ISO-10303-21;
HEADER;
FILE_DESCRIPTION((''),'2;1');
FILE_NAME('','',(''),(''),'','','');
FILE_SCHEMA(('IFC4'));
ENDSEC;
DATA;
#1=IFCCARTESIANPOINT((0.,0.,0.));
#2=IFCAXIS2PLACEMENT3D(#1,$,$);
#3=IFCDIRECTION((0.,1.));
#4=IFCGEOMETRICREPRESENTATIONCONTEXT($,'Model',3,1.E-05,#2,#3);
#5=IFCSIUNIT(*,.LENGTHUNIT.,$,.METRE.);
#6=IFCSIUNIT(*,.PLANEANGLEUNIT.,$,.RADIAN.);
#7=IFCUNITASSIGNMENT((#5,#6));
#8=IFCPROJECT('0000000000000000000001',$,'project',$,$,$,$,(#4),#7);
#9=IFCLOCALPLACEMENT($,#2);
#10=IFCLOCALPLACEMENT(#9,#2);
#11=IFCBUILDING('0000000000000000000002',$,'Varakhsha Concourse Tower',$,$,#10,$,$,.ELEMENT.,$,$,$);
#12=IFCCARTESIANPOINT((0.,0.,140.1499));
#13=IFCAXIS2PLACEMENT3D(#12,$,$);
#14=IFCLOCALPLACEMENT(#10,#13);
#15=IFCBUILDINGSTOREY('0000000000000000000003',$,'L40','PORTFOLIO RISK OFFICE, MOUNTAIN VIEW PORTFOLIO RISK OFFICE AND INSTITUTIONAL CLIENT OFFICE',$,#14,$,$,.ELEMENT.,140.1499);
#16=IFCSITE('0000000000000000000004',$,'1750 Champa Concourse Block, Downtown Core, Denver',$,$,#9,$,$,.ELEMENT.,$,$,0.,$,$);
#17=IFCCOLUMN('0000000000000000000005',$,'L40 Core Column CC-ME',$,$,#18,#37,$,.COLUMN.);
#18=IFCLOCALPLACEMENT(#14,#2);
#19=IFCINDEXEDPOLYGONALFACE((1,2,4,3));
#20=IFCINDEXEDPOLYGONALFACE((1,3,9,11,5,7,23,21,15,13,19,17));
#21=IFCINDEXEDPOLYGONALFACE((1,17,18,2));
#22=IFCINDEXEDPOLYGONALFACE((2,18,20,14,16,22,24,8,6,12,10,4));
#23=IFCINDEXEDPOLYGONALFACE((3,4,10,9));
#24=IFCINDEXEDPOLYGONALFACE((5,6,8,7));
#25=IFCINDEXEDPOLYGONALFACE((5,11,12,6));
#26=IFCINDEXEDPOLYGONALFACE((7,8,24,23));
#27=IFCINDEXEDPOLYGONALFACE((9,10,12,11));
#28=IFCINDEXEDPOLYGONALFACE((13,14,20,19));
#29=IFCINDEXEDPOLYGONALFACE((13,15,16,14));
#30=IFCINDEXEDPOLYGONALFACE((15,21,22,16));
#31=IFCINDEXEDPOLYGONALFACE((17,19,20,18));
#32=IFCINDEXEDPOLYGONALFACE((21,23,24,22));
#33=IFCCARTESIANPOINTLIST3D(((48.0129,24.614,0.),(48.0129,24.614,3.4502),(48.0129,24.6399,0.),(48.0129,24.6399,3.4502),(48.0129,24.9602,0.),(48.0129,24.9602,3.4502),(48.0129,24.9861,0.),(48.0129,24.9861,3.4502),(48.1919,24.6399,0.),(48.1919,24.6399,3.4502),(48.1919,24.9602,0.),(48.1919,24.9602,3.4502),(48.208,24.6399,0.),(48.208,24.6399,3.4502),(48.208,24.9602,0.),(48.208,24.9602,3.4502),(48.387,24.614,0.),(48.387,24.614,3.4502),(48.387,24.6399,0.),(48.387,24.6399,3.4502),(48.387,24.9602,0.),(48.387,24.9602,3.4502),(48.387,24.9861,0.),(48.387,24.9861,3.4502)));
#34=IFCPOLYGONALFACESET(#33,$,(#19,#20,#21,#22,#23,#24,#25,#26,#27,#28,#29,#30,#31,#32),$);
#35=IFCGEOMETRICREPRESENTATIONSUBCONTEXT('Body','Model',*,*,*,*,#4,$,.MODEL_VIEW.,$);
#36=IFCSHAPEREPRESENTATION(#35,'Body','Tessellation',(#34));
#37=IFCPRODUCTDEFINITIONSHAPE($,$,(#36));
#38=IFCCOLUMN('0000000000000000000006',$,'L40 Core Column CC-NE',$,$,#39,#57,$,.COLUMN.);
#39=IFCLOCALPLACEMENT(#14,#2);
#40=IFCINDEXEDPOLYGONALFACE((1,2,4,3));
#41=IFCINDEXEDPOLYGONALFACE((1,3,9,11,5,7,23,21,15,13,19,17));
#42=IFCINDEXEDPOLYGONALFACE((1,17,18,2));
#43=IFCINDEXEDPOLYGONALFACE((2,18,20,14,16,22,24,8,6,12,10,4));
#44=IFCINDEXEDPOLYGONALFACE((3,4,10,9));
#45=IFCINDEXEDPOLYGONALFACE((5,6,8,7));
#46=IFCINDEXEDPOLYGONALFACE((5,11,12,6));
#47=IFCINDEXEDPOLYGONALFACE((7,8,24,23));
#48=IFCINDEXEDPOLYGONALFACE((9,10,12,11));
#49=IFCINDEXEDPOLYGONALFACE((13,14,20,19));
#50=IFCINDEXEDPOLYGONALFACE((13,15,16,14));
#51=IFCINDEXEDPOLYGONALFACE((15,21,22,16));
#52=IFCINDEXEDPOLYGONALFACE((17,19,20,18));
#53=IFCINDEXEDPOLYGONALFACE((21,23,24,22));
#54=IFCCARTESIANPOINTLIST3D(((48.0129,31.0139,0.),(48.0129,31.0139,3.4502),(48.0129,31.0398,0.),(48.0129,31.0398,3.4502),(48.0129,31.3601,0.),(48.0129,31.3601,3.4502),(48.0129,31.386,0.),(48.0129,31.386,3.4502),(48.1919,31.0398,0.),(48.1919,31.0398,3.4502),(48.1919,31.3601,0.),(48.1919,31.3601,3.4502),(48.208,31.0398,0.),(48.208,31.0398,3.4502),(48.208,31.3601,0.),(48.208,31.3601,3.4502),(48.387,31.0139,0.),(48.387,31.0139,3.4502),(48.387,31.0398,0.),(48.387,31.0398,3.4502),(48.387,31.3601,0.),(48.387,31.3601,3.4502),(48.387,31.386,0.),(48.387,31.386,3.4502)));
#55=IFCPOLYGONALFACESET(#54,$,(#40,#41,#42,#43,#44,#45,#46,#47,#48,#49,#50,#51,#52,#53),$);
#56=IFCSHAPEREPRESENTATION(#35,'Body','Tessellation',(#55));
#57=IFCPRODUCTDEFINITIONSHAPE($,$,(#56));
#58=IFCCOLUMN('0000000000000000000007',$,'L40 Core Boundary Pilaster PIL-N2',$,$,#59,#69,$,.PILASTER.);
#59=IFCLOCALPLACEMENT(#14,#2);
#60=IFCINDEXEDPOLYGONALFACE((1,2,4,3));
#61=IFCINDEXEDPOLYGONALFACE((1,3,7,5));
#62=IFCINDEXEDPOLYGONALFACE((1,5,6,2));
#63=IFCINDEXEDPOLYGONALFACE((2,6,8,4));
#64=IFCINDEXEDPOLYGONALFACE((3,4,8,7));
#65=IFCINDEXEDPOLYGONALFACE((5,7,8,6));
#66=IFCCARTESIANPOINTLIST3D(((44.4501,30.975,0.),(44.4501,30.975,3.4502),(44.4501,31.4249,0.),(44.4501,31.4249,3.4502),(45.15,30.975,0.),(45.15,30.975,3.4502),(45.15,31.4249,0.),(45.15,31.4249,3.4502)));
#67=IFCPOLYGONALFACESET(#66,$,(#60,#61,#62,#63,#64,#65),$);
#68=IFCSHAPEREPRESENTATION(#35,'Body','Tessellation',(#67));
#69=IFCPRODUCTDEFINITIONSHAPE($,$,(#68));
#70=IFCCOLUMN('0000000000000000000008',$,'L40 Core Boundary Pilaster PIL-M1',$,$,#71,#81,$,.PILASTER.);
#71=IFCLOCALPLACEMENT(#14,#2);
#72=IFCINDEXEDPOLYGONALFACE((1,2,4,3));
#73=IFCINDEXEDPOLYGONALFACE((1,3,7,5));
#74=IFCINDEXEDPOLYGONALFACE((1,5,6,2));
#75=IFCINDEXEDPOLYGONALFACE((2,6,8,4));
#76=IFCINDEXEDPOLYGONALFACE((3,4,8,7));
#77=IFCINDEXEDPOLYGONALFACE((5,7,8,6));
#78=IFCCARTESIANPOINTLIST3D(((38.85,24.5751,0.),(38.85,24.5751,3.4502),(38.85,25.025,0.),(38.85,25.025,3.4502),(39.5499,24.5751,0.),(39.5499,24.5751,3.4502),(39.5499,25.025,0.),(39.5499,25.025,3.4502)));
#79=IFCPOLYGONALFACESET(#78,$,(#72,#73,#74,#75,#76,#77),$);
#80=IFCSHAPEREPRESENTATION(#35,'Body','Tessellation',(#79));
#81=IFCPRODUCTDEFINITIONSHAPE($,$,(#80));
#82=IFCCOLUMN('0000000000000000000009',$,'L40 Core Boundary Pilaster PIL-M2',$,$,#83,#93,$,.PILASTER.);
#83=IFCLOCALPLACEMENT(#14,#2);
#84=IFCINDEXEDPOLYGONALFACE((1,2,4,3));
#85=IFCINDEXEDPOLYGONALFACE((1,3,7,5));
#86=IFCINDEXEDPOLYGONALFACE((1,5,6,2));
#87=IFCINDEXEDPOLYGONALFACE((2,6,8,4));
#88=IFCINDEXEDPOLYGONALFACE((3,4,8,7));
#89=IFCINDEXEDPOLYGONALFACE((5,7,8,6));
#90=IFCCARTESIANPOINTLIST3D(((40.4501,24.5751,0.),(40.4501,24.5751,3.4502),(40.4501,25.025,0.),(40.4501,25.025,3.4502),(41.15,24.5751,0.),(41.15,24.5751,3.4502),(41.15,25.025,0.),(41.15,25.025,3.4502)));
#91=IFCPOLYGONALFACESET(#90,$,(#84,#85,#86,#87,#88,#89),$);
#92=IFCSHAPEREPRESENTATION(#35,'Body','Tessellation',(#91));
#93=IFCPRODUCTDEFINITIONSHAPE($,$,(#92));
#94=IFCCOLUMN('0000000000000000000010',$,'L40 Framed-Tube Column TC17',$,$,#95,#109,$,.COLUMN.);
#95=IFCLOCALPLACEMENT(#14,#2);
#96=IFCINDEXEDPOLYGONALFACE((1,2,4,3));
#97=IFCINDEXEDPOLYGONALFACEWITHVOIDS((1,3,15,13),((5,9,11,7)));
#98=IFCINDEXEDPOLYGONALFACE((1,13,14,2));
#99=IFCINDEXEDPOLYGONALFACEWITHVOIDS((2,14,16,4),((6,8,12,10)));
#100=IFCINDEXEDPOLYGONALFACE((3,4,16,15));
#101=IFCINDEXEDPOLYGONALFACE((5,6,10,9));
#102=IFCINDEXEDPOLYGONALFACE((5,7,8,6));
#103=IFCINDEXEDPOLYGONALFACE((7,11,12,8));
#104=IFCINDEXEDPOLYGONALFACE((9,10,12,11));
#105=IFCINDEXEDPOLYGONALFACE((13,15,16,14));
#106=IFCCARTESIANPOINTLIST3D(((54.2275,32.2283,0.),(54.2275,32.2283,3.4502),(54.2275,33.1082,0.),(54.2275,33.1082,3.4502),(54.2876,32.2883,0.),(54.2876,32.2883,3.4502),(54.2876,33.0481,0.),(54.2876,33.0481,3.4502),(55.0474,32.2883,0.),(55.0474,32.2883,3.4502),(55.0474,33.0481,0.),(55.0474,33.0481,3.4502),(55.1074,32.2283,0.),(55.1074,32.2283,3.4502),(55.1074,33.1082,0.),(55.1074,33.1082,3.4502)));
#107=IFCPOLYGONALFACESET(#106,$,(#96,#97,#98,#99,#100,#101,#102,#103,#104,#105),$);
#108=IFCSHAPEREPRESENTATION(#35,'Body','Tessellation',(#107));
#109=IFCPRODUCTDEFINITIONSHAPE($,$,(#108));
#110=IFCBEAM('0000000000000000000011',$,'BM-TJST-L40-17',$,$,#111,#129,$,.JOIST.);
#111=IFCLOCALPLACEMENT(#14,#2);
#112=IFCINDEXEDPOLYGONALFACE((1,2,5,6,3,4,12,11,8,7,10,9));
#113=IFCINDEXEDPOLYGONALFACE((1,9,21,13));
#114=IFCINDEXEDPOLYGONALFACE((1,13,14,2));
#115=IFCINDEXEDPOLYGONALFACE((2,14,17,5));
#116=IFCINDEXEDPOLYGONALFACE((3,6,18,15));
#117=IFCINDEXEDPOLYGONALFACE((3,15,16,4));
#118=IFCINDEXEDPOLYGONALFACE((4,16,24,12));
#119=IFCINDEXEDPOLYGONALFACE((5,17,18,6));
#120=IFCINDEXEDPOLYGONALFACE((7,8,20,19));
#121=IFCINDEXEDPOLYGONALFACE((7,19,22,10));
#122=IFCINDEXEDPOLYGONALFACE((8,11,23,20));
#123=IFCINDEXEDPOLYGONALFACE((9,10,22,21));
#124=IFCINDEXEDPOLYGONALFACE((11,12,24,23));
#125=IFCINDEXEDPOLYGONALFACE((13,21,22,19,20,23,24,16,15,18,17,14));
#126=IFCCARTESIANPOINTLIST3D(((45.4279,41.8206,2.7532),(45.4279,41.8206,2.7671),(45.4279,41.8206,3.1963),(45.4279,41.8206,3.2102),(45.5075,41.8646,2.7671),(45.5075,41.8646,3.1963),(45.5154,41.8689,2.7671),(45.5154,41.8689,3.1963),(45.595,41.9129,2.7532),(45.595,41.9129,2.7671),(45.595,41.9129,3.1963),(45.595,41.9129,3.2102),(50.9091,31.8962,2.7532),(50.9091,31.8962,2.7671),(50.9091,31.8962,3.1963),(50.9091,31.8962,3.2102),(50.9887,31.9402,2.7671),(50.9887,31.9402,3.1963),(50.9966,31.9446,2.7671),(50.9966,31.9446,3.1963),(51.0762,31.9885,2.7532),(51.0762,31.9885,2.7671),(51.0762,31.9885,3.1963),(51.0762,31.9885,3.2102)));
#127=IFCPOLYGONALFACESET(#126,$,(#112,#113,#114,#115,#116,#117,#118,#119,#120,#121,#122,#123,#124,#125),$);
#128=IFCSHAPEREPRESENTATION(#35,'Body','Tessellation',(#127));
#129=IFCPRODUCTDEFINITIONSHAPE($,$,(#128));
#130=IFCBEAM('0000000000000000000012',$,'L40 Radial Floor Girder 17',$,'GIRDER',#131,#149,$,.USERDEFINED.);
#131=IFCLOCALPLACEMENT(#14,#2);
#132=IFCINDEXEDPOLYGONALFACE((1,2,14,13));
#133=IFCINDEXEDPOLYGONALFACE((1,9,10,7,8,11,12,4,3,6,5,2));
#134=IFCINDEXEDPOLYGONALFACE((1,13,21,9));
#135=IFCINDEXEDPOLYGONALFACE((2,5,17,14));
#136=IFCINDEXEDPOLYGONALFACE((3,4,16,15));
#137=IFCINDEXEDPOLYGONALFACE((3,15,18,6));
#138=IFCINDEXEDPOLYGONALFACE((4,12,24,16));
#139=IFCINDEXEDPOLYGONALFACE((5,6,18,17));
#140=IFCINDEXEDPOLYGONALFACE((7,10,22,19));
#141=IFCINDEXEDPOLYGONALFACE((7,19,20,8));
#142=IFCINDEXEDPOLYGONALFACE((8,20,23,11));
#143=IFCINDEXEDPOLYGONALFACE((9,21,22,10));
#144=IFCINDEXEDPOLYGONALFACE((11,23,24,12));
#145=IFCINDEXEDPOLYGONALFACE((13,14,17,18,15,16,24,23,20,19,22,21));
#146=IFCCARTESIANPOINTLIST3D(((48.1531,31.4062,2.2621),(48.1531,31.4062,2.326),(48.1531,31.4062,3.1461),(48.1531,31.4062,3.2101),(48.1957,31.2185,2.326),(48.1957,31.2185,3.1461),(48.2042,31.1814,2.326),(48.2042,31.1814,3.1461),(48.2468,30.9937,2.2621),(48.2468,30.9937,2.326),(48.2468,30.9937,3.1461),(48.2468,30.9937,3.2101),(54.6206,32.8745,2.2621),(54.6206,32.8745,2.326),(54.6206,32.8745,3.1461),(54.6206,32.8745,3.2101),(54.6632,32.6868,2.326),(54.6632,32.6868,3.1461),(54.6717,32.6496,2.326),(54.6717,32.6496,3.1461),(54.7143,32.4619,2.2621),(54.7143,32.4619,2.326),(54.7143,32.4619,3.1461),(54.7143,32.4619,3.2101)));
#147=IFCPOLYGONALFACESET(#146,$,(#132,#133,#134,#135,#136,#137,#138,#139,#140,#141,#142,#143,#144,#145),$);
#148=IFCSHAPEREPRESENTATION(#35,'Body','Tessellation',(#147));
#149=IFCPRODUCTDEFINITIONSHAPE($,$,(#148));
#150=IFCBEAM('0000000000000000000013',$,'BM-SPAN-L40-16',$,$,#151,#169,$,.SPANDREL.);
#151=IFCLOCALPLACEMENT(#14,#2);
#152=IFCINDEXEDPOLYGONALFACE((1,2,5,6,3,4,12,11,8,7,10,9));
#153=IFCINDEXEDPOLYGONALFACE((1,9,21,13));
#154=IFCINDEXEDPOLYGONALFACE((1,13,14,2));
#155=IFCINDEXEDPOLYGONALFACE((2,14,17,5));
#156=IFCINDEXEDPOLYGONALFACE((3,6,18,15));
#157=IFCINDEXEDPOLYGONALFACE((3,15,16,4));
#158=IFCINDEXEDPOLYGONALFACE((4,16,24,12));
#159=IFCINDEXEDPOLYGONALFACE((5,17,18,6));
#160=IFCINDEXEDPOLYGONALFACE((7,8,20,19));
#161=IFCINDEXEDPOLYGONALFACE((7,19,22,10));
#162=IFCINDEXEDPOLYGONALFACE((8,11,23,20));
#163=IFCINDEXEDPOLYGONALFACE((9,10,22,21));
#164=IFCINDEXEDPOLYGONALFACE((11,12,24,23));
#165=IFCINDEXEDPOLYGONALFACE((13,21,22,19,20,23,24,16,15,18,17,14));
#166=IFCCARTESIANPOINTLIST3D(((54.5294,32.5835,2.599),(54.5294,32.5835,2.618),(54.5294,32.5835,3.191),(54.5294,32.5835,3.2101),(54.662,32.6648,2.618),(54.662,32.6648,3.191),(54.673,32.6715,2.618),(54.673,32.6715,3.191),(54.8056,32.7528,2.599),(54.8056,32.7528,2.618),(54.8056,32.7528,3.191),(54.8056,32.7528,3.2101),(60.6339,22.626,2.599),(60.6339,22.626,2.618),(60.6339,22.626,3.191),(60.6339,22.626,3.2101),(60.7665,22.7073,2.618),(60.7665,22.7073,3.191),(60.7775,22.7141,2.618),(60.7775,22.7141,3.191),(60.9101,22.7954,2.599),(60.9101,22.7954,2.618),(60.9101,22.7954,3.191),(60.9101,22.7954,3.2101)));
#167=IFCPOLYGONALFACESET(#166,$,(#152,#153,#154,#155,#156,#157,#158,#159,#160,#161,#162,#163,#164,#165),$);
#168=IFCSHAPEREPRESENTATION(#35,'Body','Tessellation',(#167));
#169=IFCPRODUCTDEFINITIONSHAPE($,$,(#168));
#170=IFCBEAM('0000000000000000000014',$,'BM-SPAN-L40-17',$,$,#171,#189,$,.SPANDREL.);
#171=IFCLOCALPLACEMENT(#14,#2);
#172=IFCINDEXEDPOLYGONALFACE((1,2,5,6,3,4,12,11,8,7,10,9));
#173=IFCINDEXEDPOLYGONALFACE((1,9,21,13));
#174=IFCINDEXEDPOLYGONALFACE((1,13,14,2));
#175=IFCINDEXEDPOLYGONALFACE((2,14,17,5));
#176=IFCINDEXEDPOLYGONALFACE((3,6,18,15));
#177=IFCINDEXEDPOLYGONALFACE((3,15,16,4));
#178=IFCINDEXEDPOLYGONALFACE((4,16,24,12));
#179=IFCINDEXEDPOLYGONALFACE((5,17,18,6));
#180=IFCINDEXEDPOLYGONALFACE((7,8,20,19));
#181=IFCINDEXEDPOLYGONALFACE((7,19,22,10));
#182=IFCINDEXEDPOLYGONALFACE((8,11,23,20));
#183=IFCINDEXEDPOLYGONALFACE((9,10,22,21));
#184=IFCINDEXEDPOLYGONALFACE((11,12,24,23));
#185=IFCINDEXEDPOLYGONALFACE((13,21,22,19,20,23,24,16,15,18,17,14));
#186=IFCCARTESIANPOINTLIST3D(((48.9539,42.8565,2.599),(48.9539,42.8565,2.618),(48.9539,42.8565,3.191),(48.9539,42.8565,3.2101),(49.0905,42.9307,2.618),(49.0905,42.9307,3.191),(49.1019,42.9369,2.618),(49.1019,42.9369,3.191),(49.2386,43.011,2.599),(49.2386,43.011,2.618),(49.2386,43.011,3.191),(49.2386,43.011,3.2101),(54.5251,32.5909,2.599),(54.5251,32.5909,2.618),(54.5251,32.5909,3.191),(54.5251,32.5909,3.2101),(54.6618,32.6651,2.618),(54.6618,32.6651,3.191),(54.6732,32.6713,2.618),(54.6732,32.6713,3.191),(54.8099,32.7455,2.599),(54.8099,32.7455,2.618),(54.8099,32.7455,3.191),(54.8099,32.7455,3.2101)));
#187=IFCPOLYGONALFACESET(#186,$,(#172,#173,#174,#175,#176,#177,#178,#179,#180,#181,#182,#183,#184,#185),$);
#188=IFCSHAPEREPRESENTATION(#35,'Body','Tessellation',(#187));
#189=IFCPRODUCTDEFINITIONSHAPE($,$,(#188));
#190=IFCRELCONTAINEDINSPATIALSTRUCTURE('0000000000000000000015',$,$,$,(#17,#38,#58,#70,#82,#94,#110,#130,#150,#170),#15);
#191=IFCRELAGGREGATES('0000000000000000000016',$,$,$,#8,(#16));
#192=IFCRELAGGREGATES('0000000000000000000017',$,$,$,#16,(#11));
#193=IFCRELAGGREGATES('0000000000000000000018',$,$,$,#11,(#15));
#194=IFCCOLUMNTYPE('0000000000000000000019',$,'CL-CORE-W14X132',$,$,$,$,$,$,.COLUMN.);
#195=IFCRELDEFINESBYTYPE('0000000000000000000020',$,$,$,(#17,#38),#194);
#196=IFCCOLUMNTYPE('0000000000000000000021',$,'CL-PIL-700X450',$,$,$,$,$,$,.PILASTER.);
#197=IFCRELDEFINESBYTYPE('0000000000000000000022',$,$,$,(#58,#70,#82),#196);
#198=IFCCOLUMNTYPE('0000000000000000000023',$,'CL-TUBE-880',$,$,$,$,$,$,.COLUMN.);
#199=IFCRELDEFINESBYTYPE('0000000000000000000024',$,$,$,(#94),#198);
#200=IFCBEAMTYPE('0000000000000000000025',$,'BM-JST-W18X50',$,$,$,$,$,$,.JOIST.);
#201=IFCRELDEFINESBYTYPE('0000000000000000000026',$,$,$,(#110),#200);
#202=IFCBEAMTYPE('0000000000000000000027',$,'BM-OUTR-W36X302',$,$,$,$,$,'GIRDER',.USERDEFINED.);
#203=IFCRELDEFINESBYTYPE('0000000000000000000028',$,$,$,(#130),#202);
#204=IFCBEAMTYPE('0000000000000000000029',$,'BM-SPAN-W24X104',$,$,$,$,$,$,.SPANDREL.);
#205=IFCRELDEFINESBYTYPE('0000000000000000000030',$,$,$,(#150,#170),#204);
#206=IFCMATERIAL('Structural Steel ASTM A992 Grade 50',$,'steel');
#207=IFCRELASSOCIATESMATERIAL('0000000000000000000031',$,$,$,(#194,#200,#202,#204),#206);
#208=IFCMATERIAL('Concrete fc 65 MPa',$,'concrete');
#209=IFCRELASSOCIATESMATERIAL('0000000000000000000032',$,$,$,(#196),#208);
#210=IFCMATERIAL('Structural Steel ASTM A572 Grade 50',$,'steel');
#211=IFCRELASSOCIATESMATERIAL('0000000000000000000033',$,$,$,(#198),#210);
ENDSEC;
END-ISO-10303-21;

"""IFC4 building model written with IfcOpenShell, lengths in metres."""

from ifc_helpers import new_model, si_unit, direction, frame, origin, origin_2d, place, context, subcontext, project, spatial, rectangle, hollow_rectangle, i_section, extrude, material, material_profile, profile_set, type_object, element, save


model = new_model("IFC4")

# Units and contexts
model_context = context("Model", 3, precision=1e-05, world=origin(), true_north=direction((0.0, 1.0)))
body_context = subcontext(model_context, "Body", "Model", "MODEL_VIEW")
ifc_project = project(units=[si_unit("LENGTHUNIT", "METRE"), si_unit("PLANEANGLEUNIT", "RADIAN")], contexts=[model_context])

# Site, building, storey
site_placement = place(None, origin())
site = spatial("IfcSite", under=ifc_project, at=site_placement, Name="1750 Champa Concourse Block, Downtown Core, Denver", CompositionType="ELEMENT", RefElevation=0.0)
building_placement = place(site_placement, origin())
building = spatial("IfcBuilding", under=site, at=building_placement, Name="Varakhsha Concourse Tower", CompositionType="ELEMENT")
storey_placement = place(building_placement, frame((0.0, 0.0, 140.1499)))
storey = spatial("IfcBuildingStorey", under=building, at=storey_placement, Name="L40", Description="PORTFOLIO RISK OFFICE, MOUNTAIN VIEW PORTFOLIO RISK OFFICE AND INSTITUTIONAL CLIENT OFFICE", CompositionType="ELEMENT", Elevation=140.1499)

# Columns
ifc_material_1 = material(Name="Structural Steel ASTM A992 Grade 50", Category="steel")
ifc_material_profile_1 = material_profile(ifc_material_1, i_section(OverallWidth=0.374, OverallDepth=0.3721, WebThickness=0.0161, FlangeThickness=0.0259, at=origin_2d()), Name="W14X132")
ifc_profile_set_1 = profile_set([ifc_material_profile_1], Name="Structural Steel ASTM A992 Grade 50")
column_type_1 = type_object("IfcColumnType", Name="CL-CORE-W14X132", PredefinedType="COLUMN", material=ifc_profile_set_1)
for number, where, z_axis, x_axis, name in (
    (1, (48.2, 24.8, 0.0), (0.0, 0.0, 1.0), (1.0, 0.0, 0.0), "L40 Core Column CC-ME"),
    (2, (48.2, 31.2, 0.0), (0.0, 0.0, 1.0), (1.0, 0.0, 0.0), "L40 Core Column CC-NE"),
):
    element("IfcColumn", number, at=place(storey_placement, frame(where, z_axis=z_axis, x_axis=x_axis)), inside=storey, type_object=column_type_1, Name=name, PredefinedType="COLUMN", context=body_context, shape_type="SweptSolid", body=[
        extrude(i_section(OverallWidth=0.374, OverallDepth=0.3721, WebThickness=0.0161, FlangeThickness=0.0259, at=origin_2d()), origin(), (0.0, 0.0, 1.0), 3.4502),
    ])
ifc_material_2 = material(Name="Concrete fc 65 MPa", Category="concrete")
ifc_material_profile_2 = material_profile(ifc_material_2, rectangle(XDim=0.7, YDim=0.45, at=origin_2d()), Name="RC 700x450")
ifc_profile_set_2 = profile_set([ifc_material_profile_2], Name="Concrete fc 65 MPa")
column_type_2 = type_object("IfcColumnType", Name="CL-PIL-700X450", PredefinedType="PILASTER", material=ifc_profile_set_2)
for number, where, z_axis, x_axis, name in (
    (3, (44.8, 31.2, 0.0), (0.0, 0.0, 1.0), (1.0, 0.0, 0.0), "L40 Core Boundary Pilaster PIL-N2"),
    (4, (39.2, 24.8, 0.0), (0.0, 0.0, 1.0), (1.0, 0.0, 0.0), "L40 Core Boundary Pilaster PIL-M1"),
    (5, (40.8, 24.8, 0.0), (0.0, 0.0, 1.0), (1.0, 0.0, 0.0), "L40 Core Boundary Pilaster PIL-M2"),
):
    element("IfcColumn", number, at=place(storey_placement, frame(where, z_axis=z_axis, x_axis=x_axis)), inside=storey, type_object=column_type_2, Name=name, PredefinedType="PILASTER", context=body_context, shape_type="SweptSolid", body=[
        extrude(rectangle(XDim=0.7, YDim=0.45, at=origin_2d()), origin(), (0.0, 0.0, 1.0), 3.4502),
    ])
ifc_material_3 = material(Name="Structural Steel ASTM A572 Grade 50", Category="steel")
ifc_material_profile_3 = material_profile(ifc_material_3, hollow_rectangle(XDim=0.8799, YDim=0.8799, WallThickness=0.0601, at=origin_2d()), Name="BOX 880x880x60")
ifc_profile_set_3 = profile_set([ifc_material_profile_3], Name="Structural Steel ASTM A572 Grade 50")
column_type_3 = type_object("IfcColumnType", Name="CL-TUBE-880", PredefinedType="COLUMN", material=ifc_profile_set_3)
column_placement = place(storey_placement, frame((54.6675, 32.6682, 0.0), z_axis=(0.0, 0.0, 1.0), x_axis=(1.0, 0.0, 0.0)))
element("IfcColumn", 6, at=column_placement, inside=storey, type_object=column_type_3, Name="L40 Framed-Tube Column TC17", PredefinedType="COLUMN", context=body_context, shape_type="SweptSolid", body=[
    extrude(hollow_rectangle(XDim=0.8799, YDim=0.8799, WallThickness=0.0601, at=origin_2d()), origin(), (0.0, 0.0, 1.0), 3.4502),
])

# Beams
ifc_material_profile_4 = material_profile(ifc_material_1, i_section(OverallWidth=0.1909, OverallDepth=0.457, WebThickness=0.009, FlangeThickness=0.0139, at=origin_2d()), Name="W18X50")
ifc_profile_set_4 = profile_set([ifc_material_profile_4], Name="Structural Steel ASTM A992 Grade 50")
beam_type_1 = type_object("IfcBeamType", Name="BM-JST-W18X50", PredefinedType="JOIST", material=ifc_profile_set_4)
beam_1_placement = place(storey_placement, frame((50.9927, 31.9424, 2.9817), z_axis=(-0.483464, 0.875364, 0.0), x_axis=(-0.875364, -0.483464, 0.0)))
element("IfcBeam", 7, at=beam_1_placement, inside=storey, type_object=beam_type_1, Name="BM-TJST-L40-17", PredefinedType="JOIST", context=body_context, shape_type="SweptSolid", body=[
    extrude(i_section(OverallWidth=0.1909, OverallDepth=0.457, WebThickness=0.009, FlangeThickness=0.0139, at=origin_2d()), origin(), (0.0, 0.0, 1.0), 11.3374),
])
ifc_material_profile_5 = material_profile(ifc_material_1, i_section(OverallWidth=0.4231, OverallDepth=0.948, WebThickness=0.0381, FlangeThickness=0.064, at=origin_2d()), Name="W36X302")
ifc_profile_set_5 = profile_set([ifc_material_profile_5], Name="Structural Steel ASTM A992 Grade 50")
beam_type_2 = type_object("IfcBeamType", Name="BM-OUTR-W36X302", ElementType="GIRDER", PredefinedType="USERDEFINED", material=ifc_profile_set_5)
beam_2_placement = place(storey_placement, frame((48.2, 31.2, 2.7361), z_axis=(0.975186, 0.221387, 0.0), x_axis=(-0.221387, 0.975186, 0.0)))
element("IfcBeam", 8, at=beam_2_placement, inside=storey, type_object=beam_type_2, Name="L40 Radial Floor Girder 17", ObjectType="GIRDER", PredefinedType="USERDEFINED", context=body_context, shape_type="SweptSolid", body=[
    extrude(i_section(OverallWidth=0.4231, OverallDepth=0.948, WebThickness=0.0381, FlangeThickness=0.064, at=origin_2d()), origin(), (0.0, 0.0, 1.0), 6.6321),
])
ifc_material_profile_6 = material_profile(ifc_material_1, i_section(OverallWidth=0.324, OverallDepth=0.6111, WebThickness=0.0129, FlangeThickness=0.019, at=origin_2d()), Name="W24X104")
ifc_profile_set_6 = profile_set([ifc_material_profile_6], Name="Structural Steel ASTM A992 Grade 50")
beam_type_3 = type_object("IfcBeamType", Name="BM-SPAN-W24X104", PredefinedType="SPANDREL", material=ifc_profile_set_6)
beam_3_placement = place(storey_placement, frame((60.772, 22.7107, 2.9045), z_axis=(-0.522655, 0.852544, 0.0), x_axis=(-0.852544, -0.522655, 0.0)))
element("IfcBeam", 9, at=beam_3_placement, inside=storey, type_object=beam_type_3, Name="BM-SPAN-L40-16", PredefinedType="SPANDREL", context=body_context, shape_type="SweptSolid", body=[
    extrude(i_section(OverallWidth=0.324, OverallDepth=0.6111, WebThickness=0.0129, FlangeThickness=0.019, at=origin_2d()), origin(), (0.0, 0.0, 1.0), 11.6797),
])
beam_4_placement = place(storey_placement, frame((54.6675, 32.6682, 2.9045), z_axis=(-0.476994, 0.878907, 0.0), x_axis=(-0.878907, -0.476994, 0.0)))
element("IfcBeam", 10, at=beam_4_placement, inside=storey, type_object=beam_type_3, Name="BM-SPAN-L40-17", PredefinedType="SPANDREL", context=body_context, shape_type="SweptSolid", body=[
    extrude(i_section(OverallWidth=0.324, OverallDepth=0.6111, WebThickness=0.0129, FlangeThickness=0.019, at=origin_2d()), origin(), (0.0, 0.0, 1.0), 11.6799),
])

save(model, "model.ifc")
